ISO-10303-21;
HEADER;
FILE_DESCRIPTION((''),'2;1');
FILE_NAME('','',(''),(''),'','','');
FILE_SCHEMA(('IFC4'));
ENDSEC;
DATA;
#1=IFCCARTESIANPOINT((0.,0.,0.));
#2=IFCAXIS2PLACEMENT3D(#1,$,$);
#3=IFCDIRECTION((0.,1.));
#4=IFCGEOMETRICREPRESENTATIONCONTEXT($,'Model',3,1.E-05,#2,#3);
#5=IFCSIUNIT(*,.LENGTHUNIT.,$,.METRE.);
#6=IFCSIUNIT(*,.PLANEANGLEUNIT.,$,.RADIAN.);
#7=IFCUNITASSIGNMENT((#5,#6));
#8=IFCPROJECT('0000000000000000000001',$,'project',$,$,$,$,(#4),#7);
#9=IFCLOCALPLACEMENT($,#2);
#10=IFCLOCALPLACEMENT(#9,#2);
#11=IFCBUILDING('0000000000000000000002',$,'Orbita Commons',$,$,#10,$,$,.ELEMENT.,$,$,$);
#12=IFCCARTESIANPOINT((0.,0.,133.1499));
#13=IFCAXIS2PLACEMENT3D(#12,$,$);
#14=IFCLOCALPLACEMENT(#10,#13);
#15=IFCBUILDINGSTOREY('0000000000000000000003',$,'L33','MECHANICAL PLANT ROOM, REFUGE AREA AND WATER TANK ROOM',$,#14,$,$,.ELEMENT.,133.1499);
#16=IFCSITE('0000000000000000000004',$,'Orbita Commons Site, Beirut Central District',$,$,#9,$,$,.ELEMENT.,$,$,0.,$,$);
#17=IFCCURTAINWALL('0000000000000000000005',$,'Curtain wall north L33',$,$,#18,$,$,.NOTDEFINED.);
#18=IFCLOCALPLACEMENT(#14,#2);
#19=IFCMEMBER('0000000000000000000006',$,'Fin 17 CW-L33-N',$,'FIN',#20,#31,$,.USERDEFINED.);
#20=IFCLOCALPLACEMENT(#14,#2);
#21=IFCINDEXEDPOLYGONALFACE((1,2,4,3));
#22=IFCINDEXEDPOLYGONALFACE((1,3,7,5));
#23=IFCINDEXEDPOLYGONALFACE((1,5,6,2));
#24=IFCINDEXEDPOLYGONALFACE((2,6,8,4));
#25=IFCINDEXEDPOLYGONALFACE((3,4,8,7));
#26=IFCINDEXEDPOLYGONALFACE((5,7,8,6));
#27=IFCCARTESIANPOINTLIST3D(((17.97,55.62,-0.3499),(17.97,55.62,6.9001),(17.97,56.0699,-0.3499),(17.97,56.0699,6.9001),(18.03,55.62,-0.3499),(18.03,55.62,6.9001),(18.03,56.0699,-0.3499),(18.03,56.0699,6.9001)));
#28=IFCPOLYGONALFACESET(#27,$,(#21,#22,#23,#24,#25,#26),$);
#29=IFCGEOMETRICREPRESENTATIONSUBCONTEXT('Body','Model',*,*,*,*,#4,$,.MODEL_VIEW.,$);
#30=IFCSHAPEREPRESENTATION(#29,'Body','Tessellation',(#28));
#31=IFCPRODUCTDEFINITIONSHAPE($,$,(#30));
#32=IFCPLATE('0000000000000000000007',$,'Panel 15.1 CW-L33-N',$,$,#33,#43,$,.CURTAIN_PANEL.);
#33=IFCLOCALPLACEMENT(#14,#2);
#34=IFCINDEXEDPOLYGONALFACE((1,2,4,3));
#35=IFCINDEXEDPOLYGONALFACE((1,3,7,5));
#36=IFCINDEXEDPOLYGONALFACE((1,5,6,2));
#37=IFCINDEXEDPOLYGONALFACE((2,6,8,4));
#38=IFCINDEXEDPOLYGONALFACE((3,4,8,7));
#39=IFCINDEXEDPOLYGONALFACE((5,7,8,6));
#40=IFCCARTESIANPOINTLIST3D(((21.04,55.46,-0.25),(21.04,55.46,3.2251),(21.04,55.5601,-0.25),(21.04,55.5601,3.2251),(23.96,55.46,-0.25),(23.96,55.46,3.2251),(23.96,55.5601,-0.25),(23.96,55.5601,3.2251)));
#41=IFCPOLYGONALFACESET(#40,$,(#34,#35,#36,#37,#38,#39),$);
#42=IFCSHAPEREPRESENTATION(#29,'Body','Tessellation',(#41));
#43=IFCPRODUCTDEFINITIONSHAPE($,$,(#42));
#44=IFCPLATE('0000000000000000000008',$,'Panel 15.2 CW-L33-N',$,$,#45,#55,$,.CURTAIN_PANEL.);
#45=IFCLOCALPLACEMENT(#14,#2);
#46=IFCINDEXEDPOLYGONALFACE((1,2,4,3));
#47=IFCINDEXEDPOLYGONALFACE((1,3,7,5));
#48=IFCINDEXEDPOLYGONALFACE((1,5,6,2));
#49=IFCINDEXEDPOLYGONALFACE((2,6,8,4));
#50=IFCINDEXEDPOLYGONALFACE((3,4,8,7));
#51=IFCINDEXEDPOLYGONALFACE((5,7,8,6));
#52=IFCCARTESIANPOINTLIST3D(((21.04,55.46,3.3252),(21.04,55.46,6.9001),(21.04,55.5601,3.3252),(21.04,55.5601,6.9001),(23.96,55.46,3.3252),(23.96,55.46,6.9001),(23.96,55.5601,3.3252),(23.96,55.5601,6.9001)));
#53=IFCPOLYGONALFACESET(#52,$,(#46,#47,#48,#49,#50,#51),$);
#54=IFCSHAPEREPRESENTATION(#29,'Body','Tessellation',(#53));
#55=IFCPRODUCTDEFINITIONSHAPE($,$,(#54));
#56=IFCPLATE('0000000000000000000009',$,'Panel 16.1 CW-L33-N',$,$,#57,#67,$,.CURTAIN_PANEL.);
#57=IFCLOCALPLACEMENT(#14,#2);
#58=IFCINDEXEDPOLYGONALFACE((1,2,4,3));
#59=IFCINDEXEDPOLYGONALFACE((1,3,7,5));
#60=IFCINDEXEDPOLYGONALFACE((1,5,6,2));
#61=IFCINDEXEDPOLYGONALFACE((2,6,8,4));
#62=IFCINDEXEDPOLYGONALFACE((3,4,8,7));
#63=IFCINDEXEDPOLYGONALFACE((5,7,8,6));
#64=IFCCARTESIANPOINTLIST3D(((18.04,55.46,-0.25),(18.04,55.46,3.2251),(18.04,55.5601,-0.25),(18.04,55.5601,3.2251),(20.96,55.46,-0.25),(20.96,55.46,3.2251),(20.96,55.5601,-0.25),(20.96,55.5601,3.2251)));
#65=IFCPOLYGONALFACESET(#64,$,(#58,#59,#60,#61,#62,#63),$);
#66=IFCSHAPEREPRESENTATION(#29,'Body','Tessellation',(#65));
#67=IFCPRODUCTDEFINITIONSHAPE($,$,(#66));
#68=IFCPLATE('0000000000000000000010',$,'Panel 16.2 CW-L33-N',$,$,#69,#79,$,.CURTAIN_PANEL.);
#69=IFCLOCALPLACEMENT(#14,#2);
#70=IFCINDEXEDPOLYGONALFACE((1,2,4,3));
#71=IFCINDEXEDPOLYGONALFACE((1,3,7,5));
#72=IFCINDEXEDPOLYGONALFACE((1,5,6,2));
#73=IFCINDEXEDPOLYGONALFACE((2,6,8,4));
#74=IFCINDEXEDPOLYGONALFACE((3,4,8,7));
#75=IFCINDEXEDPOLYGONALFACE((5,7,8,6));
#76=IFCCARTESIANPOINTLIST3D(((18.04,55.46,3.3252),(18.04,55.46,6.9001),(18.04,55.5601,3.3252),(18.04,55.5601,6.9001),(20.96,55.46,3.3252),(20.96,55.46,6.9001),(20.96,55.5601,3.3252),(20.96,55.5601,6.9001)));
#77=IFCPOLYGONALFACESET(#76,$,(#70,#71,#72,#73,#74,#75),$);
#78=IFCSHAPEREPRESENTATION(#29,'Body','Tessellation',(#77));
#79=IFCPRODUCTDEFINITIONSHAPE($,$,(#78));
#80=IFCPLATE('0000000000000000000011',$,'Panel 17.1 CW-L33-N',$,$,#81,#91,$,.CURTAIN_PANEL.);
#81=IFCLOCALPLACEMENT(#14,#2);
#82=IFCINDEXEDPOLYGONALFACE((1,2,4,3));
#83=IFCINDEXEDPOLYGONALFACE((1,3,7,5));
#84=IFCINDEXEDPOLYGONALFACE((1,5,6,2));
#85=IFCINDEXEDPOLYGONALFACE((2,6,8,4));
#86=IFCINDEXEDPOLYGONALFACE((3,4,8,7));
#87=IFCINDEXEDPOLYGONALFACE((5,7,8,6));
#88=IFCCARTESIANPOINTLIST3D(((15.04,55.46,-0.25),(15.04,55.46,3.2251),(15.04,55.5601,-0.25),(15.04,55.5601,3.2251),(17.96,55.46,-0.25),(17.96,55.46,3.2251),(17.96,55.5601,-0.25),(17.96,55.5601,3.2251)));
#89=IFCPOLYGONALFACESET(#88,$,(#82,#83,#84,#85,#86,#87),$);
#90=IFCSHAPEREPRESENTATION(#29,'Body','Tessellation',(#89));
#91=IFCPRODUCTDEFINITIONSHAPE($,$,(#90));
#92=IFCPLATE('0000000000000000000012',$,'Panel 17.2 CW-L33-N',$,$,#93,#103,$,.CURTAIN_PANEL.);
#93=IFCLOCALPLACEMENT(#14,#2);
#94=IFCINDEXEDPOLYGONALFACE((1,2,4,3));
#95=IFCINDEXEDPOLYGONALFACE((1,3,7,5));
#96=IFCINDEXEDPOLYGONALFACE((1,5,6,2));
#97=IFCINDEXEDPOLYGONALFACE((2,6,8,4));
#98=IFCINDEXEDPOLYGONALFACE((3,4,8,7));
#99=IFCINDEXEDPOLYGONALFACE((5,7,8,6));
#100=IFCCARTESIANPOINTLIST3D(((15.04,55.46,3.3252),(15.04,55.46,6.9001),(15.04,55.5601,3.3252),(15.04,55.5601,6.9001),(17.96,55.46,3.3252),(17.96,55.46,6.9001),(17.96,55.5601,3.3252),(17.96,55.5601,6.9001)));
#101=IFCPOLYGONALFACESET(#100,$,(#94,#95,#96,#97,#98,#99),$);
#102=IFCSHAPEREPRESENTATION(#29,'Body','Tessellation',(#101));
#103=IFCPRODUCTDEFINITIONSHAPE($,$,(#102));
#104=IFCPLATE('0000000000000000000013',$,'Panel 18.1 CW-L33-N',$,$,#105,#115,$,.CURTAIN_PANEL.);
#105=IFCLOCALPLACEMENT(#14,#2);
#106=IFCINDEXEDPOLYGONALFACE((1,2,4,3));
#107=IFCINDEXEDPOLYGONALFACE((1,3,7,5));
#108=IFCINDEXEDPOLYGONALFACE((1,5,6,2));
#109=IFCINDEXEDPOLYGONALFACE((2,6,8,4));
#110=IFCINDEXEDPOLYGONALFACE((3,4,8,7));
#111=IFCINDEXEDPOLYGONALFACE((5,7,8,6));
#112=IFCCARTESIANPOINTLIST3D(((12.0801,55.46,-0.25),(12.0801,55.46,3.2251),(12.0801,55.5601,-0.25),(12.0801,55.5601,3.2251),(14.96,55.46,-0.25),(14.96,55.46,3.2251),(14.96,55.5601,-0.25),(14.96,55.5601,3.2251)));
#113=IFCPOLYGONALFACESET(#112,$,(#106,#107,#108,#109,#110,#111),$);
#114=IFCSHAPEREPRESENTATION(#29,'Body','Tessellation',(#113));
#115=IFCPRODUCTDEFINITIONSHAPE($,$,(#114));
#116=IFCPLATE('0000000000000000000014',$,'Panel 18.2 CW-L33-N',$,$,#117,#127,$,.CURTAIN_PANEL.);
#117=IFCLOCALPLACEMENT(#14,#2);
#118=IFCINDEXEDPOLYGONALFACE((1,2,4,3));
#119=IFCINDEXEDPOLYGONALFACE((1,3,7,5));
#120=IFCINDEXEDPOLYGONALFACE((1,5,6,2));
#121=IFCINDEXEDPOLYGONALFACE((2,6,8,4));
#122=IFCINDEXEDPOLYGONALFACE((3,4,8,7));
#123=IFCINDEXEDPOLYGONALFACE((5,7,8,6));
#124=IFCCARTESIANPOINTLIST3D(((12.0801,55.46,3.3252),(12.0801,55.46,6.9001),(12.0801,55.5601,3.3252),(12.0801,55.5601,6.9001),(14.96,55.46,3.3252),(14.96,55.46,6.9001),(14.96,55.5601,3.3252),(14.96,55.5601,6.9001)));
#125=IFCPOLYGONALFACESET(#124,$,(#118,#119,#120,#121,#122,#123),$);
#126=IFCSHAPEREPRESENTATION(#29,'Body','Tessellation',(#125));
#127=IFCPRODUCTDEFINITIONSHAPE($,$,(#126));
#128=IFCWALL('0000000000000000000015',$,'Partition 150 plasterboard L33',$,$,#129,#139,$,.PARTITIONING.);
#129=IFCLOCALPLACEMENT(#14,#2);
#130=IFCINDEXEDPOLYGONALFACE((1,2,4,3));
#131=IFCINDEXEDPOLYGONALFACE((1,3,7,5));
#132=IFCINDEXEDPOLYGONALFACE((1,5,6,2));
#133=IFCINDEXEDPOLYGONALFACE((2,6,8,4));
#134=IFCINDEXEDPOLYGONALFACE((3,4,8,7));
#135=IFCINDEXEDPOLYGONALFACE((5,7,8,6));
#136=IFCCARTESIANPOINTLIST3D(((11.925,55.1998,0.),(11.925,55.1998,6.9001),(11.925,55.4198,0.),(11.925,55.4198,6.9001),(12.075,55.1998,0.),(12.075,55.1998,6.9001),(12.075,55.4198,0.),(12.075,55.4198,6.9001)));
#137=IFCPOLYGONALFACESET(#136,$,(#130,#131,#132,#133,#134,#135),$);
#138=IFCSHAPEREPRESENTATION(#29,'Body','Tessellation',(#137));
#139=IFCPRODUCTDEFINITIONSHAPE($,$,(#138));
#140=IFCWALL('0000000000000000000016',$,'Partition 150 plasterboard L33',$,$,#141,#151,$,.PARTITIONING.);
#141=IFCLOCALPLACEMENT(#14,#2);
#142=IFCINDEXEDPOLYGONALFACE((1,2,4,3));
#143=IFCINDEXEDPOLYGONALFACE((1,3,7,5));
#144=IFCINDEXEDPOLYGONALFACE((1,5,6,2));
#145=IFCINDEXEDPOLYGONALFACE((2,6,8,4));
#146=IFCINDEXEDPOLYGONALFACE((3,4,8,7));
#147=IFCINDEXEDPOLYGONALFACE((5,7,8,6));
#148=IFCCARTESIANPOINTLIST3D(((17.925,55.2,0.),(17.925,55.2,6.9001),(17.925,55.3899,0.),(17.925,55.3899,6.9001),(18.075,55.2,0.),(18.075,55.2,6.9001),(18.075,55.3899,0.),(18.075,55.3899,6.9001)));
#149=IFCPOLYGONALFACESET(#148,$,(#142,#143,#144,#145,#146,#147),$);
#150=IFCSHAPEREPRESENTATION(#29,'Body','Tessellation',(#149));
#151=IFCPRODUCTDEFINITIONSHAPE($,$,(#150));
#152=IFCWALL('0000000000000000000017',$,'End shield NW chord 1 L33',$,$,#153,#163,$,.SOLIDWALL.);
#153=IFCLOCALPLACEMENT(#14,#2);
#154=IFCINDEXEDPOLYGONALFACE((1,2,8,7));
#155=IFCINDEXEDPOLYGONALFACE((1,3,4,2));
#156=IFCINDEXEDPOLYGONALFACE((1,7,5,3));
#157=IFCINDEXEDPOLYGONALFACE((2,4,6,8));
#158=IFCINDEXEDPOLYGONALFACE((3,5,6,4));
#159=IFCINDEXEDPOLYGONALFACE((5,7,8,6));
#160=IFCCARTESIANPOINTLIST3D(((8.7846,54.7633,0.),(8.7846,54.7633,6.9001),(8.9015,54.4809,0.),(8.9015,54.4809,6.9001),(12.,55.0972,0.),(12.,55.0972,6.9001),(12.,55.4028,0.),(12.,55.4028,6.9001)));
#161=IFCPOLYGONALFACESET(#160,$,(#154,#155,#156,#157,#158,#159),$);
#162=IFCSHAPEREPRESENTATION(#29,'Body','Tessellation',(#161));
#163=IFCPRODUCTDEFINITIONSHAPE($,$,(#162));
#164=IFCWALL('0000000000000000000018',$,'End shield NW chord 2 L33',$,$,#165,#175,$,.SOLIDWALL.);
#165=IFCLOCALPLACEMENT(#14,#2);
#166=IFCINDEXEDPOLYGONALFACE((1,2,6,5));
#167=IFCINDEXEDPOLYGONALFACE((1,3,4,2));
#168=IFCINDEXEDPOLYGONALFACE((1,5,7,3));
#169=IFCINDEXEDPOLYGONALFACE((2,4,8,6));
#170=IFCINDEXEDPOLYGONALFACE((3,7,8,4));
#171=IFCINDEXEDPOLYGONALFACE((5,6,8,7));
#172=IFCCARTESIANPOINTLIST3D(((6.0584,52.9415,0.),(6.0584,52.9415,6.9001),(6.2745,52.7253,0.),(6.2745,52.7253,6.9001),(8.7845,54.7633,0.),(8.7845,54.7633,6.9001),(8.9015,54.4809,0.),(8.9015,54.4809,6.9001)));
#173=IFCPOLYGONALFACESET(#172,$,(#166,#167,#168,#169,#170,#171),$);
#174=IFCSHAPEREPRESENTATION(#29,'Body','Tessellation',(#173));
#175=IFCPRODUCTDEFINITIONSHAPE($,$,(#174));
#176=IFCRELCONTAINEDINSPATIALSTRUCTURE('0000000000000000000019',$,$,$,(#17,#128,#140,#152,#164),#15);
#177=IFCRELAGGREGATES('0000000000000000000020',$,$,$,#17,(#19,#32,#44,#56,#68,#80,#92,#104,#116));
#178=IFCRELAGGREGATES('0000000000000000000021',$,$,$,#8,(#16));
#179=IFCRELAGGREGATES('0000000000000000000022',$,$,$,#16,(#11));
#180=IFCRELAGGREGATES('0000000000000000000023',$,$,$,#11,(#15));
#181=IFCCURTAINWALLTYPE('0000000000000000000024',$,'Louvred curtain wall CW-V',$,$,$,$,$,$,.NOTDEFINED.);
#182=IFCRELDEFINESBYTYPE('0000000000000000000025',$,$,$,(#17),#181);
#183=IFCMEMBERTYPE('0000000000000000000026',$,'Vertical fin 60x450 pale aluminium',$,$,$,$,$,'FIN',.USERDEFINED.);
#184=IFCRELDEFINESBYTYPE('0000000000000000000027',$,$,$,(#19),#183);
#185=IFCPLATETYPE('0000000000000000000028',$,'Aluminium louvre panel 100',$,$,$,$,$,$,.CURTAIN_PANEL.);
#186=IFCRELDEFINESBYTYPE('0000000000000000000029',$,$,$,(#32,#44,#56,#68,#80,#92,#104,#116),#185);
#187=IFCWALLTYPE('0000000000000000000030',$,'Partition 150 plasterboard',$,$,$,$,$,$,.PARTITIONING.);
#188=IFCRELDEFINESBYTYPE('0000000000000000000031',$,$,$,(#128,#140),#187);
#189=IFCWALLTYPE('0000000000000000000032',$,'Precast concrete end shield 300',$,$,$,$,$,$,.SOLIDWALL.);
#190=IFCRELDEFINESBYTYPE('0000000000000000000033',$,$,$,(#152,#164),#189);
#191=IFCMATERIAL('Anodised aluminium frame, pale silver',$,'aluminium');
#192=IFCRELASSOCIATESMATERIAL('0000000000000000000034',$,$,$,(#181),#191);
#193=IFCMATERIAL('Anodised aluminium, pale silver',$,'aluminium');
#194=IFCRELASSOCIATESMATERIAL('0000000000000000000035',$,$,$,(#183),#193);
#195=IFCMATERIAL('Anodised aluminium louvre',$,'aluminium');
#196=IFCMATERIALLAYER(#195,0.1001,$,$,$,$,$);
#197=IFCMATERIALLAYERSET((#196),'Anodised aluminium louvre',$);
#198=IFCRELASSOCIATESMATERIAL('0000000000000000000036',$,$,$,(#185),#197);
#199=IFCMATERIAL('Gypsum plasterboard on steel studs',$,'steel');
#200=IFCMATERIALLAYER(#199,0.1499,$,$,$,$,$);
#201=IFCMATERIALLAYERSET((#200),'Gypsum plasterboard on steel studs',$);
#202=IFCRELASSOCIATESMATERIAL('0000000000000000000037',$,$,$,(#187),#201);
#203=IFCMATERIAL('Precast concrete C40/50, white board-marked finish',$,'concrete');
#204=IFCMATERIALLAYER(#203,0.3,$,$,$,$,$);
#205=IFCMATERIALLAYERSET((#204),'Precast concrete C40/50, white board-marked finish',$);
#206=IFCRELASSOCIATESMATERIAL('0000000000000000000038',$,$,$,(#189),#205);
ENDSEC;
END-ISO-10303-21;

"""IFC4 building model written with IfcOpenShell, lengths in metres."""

from ifc_helpers import new_model, si_unit, direction, frame, frame_2d, origin, origin_2d, place, context, subcontext, project, spatial, polyline, rectangle, outline, extrude, material, layer, layer_set, material_profile, profile_set, type_object, element, aggregate, save


model = new_model("IFC4")

# Units and contexts
model_context = context("Model", 3, precision=1e-05, world=origin(), true_north=direction((0.0, 1.0)))
body_context = subcontext(model_context, "Body", "Model", "MODEL_VIEW")
ifc_project = project(units=[si_unit("LENGTHUNIT", "METRE"), si_unit("PLANEANGLEUNIT", "RADIAN")], contexts=[model_context])

# Site, building, storey
site_placement = place(None, origin())
site = spatial("IfcSite", under=ifc_project, at=site_placement, Name="Orbita Commons Site, Beirut Central District", CompositionType="ELEMENT", RefElevation=0.0)
building_placement = place(site_placement, origin())
building = spatial("IfcBuilding", under=site, at=building_placement, Name="Orbita Commons", CompositionType="ELEMENT")
storey_placement = place(building_placement, frame((0.0, 0.0, 133.1499)))
storey = spatial("IfcBuildingStorey", under=building, at=storey_placement, Name="L33", Description="MECHANICAL PLANT ROOM, REFUGE AREA AND WATER TANK ROOM", CompositionType="ELEMENT", Elevation=133.1499)

# Curtain wall
ifc_material_1 = material(Name="Anodised aluminium frame, pale silver", Category="aluminium")
curtain_wall_type = type_object("IfcCurtainWallType", Name="Louvred curtain wall CW-V", PredefinedType="NOTDEFINED", material=ifc_material_1)
curtain_wall_placement = place(storey_placement, origin())
curtain_wall = element("IfcCurtainWall", 1, at=curtain_wall_placement, inside=storey, type_object=curtain_wall_type, Name="Curtain wall north L33", PredefinedType="NOTDEFINED")

# Member
ifc_material_2 = material(Name="Anodised aluminium, pale silver", Category="aluminium")
ifc_material_profile_1 = material_profile(ifc_material_2, rectangle(XDim=0.0601, YDim=0.45, at=origin_2d()), Name="FIN 60x450")
ifc_profile_set_1 = profile_set([ifc_material_profile_1], Name="Anodised aluminium, pale silver")
member_type_1 = type_object("IfcMemberType", Name="Vertical fin 60x450 pale aluminium", ElementType="FIN", PredefinedType="USERDEFINED", material=ifc_profile_set_1)
member_1_placement = place(storey_placement, frame((18.0, 55.845, -0.3499), z_axis=(0.0, 0.0, 1.0), x_axis=(-1.0, 0.0, 0.0)))
member_1 = element("IfcMember", 2, at=member_1_placement, type_object=member_type_1, Name="Fin 17 CW-L33-N", ObjectType="FIN", PredefinedType="USERDEFINED", context=body_context, shape_type="SweptSolid", body=[
    extrude(rectangle(XDim=0.0601, YDim=0.45, at=origin_2d()), origin(), (0.0, 0.0, 1.0), 7.25),
])

# Plates
ifc_material_3 = material(Name="Anodised aluminium louvre", Category="aluminium")
ifc_layer_1 = layer(ifc_material_3, 0.1001)
ifc_layer_set_1 = layer_set([ifc_layer_1], Name="Anodised aluminium louvre")
plate_type = type_object("IfcPlateType", Name="Aluminium louvre panel 100", PredefinedType="CURTAIN_PANEL", material=ifc_layer_set_1)
plate_1_placement = place(storey_placement, frame((22.5, 55.51, -0.25), z_axis=(0.0, 0.0, 1.0), x_axis=(-1.0, 0.0, 0.0)))
plate_1 = element("IfcPlate", 3, at=plate_1_placement, type_object=plate_type, Name="Panel 15.1 CW-L33-N", PredefinedType="CURTAIN_PANEL", context=body_context, shape_type="SweptSolid", body=[
    extrude(rectangle(XDim=2.9199, YDim=0.1001, at=origin_2d()), origin(), (0.0, 0.0, 1.0), 3.4751),
])
plate_2_placement = place(storey_placement, frame((22.5, 55.51, 3.3252), z_axis=(0.0, 0.0, 1.0), x_axis=(-1.0, 0.0, 0.0)))
plate_2 = element("IfcPlate", 4, at=plate_2_placement, type_object=plate_type, Name="Panel 15.2 CW-L33-N", PredefinedType="CURTAIN_PANEL", context=body_context, shape_type="SweptSolid", body=[
    extrude(rectangle(XDim=2.9199, YDim=0.1001, at=origin_2d()), origin(), (0.0, 0.0, 1.0), 3.575),
])
plate_3_placement = place(storey_placement, frame((19.5, 55.51, -0.25), z_axis=(0.0, 0.0, 1.0), x_axis=(-1.0, 0.0, 0.0)))
plate_3 = element("IfcPlate", 5, at=plate_3_placement, type_object=plate_type, Name="Panel 16.1 CW-L33-N", PredefinedType="CURTAIN_PANEL", context=body_context, shape_type="SweptSolid", body=[
    extrude(rectangle(XDim=2.9199, YDim=0.1001, at=origin_2d()), origin(), (0.0, 0.0, 1.0), 3.4751),
])
plate_4_placement = place(storey_placement, frame((19.5, 55.51, 3.3252), z_axis=(0.0, 0.0, 1.0), x_axis=(-1.0, 0.0, 0.0)))
plate_4 = element("IfcPlate", 6, at=plate_4_placement, type_object=plate_type, Name="Panel 16.2 CW-L33-N", PredefinedType="CURTAIN_PANEL", context=body_context, shape_type="SweptSolid", body=[
    extrude(rectangle(XDim=2.9199, YDim=0.1001, at=origin_2d()), origin(), (0.0, 0.0, 1.0), 3.575),
])
plate_5_placement = place(storey_placement, frame((16.5, 55.51, -0.25), z_axis=(0.0, 0.0, 1.0), x_axis=(-1.0, 0.0, 0.0)))
plate_5 = element("IfcPlate", 7, at=plate_5_placement, type_object=plate_type, Name="Panel 17.1 CW-L33-N", PredefinedType="CURTAIN_PANEL", context=body_context, shape_type="SweptSolid", body=[
    extrude(rectangle(XDim=2.9199, YDim=0.1001, at=origin_2d()), origin(), (0.0, 0.0, 1.0), 3.4751),
])
plate_6_placement = place(storey_placement, frame((16.5, 55.51, 3.3252), z_axis=(0.0, 0.0, 1.0), x_axis=(-1.0, 0.0, 0.0)))
plate_6 = element("IfcPlate", 8, at=plate_6_placement, type_object=plate_type, Name="Panel 17.2 CW-L33-N", PredefinedType="CURTAIN_PANEL", context=body_context, shape_type="SweptSolid", body=[
    extrude(rectangle(XDim=2.9199, YDim=0.1001, at=origin_2d()), origin(), (0.0, 0.0, 1.0), 3.575),
])
plate_7_placement = place(storey_placement, frame((13.52, 55.51, -0.25), z_axis=(0.0, 0.0, 1.0), x_axis=(-1.0, 0.0, 0.0)))
plate_7 = element("IfcPlate", 9, at=plate_7_placement, type_object=plate_type, Name="Panel 18.1 CW-L33-N", PredefinedType="CURTAIN_PANEL", context=body_context, shape_type="SweptSolid", body=[
    extrude(rectangle(XDim=2.8799, YDim=0.1001, at=origin_2d()), origin(), (0.0, 0.0, 1.0), 3.4751),
])
plate_8_placement = place(storey_placement, frame((13.52, 55.51, 3.3252), z_axis=(0.0, 0.0, 1.0), x_axis=(-1.0, 0.0, 0.0)))
plate_8 = element("IfcPlate", 10, at=plate_8_placement, type_object=plate_type, Name="Panel 18.2 CW-L33-N", PredefinedType="CURTAIN_PANEL", context=body_context, shape_type="SweptSolid", body=[
    extrude(rectangle(XDim=2.8799, YDim=0.1001, at=origin_2d()), origin(), (0.0, 0.0, 1.0), 3.575),
])
aggregate(curtain_wall, [member_1, plate_1, plate_2, plate_3, plate_4, plate_5, plate_6, plate_7, plate_8])

# Walls
ifc_material_4 = material(Name="Gypsum plasterboard on steel studs", Category="steel")
ifc_layer_2 = layer(ifc_material_4, 0.1499)
ifc_layer_set_2 = layer_set([ifc_layer_2], Name="Gypsum plasterboard on steel studs")
wall_type_1 = type_object("IfcWallType", Name="Partition 150 plasterboard", PredefinedType="PARTITIONING", material=ifc_layer_set_2)
wall_1_placement = place(storey_placement, frame((12.0, 55.2, 0.0), z_axis=(0.0, 0.0, 1.0), x_axis=(0.0, 1.0, 0.0)))
element("IfcWall", 11, at=wall_1_placement, inside=storey, type_object=wall_type_1, Name="Partition 150 plasterboard L33", PredefinedType="PARTITIONING", context=body_context, shape_type="SweptSolid", body=[
    extrude(rectangle(XDim=0.22, YDim=0.1499, at=frame_2d((0.1099, 0.0))), origin(), (0.0, 0.0, 1.0), 6.9001),
])
wall_2_placement = place(storey_placement, frame((18.0, 55.2, 0.0), z_axis=(0.0, 0.0, 1.0), x_axis=(0.0, 1.0, 0.0)))
element("IfcWall", 12, at=wall_2_placement, inside=storey, type_object=wall_type_1, Name="Partition 150 plasterboard L33", PredefinedType="PARTITIONING", context=body_context, shape_type="SweptSolid", body=[
    extrude(rectangle(XDim=0.1899, YDim=0.1499, at=frame_2d((0.095, 0.0))), origin(), (0.0, 0.0, 1.0), 6.9001),
])
ifc_material_5 = material(Name="Precast concrete C40/50, white board-marked finish", Category="concrete")
ifc_layer_3 = layer(ifc_material_5, 0.3)
ifc_layer_set_3 = layer_set([ifc_layer_3], Name="Precast concrete C40/50, white board-marked finish")
wall_type_2 = type_object("IfcWallType", Name="Precast concrete end shield 300", PredefinedType="SOLIDWALL", material=ifc_layer_set_3)
wall_3_placement = place(storey_placement, frame((12.0, 55.25, 0.0), z_axis=(0.0, 0.0, 1.0), x_axis=(-0.980787, -0.19508, 0.0)))
element("IfcWall", 13, at=wall_3_placement, inside=storey, type_object=wall_type_2, Name="End shield NW chord 1 L33", PredefinedType="SOLIDWALL", context=body_context, shape_type="SweptSolid", body=[
    extrude(outline(polyline([(-0.0298, -0.1499), (3.2485, -0.1499), (3.189, 0.1499), (0.0298, 0.1499), (-0.0298, -0.1499)])), origin(), (0.0, 0.0, 1.0), 6.9001),
])
wall_4_placement = place(storey_placement, frame((8.843, 54.6221, 0.0), z_axis=(0.0, 0.0, 1.0), x_axis=(-0.831443, -0.55561, 0.0)))
element("IfcWall", 14, at=wall_4_placement, inside=storey, type_object=wall_type_2, Name="End shield NW chord 2 L33", PredefinedType="SOLIDWALL", context=body_context, shape_type="SweptSolid", body=[
    extrude(outline(polyline([(-0.0298, -0.1499), (3.249, -0.1499), (3.1895, 0.1499), (0.0298, 0.1499), (-0.0298, -0.1499)])), origin(), (0.0, 0.0, 1.0), 6.9001),
])

save(model, "model.ifc")
